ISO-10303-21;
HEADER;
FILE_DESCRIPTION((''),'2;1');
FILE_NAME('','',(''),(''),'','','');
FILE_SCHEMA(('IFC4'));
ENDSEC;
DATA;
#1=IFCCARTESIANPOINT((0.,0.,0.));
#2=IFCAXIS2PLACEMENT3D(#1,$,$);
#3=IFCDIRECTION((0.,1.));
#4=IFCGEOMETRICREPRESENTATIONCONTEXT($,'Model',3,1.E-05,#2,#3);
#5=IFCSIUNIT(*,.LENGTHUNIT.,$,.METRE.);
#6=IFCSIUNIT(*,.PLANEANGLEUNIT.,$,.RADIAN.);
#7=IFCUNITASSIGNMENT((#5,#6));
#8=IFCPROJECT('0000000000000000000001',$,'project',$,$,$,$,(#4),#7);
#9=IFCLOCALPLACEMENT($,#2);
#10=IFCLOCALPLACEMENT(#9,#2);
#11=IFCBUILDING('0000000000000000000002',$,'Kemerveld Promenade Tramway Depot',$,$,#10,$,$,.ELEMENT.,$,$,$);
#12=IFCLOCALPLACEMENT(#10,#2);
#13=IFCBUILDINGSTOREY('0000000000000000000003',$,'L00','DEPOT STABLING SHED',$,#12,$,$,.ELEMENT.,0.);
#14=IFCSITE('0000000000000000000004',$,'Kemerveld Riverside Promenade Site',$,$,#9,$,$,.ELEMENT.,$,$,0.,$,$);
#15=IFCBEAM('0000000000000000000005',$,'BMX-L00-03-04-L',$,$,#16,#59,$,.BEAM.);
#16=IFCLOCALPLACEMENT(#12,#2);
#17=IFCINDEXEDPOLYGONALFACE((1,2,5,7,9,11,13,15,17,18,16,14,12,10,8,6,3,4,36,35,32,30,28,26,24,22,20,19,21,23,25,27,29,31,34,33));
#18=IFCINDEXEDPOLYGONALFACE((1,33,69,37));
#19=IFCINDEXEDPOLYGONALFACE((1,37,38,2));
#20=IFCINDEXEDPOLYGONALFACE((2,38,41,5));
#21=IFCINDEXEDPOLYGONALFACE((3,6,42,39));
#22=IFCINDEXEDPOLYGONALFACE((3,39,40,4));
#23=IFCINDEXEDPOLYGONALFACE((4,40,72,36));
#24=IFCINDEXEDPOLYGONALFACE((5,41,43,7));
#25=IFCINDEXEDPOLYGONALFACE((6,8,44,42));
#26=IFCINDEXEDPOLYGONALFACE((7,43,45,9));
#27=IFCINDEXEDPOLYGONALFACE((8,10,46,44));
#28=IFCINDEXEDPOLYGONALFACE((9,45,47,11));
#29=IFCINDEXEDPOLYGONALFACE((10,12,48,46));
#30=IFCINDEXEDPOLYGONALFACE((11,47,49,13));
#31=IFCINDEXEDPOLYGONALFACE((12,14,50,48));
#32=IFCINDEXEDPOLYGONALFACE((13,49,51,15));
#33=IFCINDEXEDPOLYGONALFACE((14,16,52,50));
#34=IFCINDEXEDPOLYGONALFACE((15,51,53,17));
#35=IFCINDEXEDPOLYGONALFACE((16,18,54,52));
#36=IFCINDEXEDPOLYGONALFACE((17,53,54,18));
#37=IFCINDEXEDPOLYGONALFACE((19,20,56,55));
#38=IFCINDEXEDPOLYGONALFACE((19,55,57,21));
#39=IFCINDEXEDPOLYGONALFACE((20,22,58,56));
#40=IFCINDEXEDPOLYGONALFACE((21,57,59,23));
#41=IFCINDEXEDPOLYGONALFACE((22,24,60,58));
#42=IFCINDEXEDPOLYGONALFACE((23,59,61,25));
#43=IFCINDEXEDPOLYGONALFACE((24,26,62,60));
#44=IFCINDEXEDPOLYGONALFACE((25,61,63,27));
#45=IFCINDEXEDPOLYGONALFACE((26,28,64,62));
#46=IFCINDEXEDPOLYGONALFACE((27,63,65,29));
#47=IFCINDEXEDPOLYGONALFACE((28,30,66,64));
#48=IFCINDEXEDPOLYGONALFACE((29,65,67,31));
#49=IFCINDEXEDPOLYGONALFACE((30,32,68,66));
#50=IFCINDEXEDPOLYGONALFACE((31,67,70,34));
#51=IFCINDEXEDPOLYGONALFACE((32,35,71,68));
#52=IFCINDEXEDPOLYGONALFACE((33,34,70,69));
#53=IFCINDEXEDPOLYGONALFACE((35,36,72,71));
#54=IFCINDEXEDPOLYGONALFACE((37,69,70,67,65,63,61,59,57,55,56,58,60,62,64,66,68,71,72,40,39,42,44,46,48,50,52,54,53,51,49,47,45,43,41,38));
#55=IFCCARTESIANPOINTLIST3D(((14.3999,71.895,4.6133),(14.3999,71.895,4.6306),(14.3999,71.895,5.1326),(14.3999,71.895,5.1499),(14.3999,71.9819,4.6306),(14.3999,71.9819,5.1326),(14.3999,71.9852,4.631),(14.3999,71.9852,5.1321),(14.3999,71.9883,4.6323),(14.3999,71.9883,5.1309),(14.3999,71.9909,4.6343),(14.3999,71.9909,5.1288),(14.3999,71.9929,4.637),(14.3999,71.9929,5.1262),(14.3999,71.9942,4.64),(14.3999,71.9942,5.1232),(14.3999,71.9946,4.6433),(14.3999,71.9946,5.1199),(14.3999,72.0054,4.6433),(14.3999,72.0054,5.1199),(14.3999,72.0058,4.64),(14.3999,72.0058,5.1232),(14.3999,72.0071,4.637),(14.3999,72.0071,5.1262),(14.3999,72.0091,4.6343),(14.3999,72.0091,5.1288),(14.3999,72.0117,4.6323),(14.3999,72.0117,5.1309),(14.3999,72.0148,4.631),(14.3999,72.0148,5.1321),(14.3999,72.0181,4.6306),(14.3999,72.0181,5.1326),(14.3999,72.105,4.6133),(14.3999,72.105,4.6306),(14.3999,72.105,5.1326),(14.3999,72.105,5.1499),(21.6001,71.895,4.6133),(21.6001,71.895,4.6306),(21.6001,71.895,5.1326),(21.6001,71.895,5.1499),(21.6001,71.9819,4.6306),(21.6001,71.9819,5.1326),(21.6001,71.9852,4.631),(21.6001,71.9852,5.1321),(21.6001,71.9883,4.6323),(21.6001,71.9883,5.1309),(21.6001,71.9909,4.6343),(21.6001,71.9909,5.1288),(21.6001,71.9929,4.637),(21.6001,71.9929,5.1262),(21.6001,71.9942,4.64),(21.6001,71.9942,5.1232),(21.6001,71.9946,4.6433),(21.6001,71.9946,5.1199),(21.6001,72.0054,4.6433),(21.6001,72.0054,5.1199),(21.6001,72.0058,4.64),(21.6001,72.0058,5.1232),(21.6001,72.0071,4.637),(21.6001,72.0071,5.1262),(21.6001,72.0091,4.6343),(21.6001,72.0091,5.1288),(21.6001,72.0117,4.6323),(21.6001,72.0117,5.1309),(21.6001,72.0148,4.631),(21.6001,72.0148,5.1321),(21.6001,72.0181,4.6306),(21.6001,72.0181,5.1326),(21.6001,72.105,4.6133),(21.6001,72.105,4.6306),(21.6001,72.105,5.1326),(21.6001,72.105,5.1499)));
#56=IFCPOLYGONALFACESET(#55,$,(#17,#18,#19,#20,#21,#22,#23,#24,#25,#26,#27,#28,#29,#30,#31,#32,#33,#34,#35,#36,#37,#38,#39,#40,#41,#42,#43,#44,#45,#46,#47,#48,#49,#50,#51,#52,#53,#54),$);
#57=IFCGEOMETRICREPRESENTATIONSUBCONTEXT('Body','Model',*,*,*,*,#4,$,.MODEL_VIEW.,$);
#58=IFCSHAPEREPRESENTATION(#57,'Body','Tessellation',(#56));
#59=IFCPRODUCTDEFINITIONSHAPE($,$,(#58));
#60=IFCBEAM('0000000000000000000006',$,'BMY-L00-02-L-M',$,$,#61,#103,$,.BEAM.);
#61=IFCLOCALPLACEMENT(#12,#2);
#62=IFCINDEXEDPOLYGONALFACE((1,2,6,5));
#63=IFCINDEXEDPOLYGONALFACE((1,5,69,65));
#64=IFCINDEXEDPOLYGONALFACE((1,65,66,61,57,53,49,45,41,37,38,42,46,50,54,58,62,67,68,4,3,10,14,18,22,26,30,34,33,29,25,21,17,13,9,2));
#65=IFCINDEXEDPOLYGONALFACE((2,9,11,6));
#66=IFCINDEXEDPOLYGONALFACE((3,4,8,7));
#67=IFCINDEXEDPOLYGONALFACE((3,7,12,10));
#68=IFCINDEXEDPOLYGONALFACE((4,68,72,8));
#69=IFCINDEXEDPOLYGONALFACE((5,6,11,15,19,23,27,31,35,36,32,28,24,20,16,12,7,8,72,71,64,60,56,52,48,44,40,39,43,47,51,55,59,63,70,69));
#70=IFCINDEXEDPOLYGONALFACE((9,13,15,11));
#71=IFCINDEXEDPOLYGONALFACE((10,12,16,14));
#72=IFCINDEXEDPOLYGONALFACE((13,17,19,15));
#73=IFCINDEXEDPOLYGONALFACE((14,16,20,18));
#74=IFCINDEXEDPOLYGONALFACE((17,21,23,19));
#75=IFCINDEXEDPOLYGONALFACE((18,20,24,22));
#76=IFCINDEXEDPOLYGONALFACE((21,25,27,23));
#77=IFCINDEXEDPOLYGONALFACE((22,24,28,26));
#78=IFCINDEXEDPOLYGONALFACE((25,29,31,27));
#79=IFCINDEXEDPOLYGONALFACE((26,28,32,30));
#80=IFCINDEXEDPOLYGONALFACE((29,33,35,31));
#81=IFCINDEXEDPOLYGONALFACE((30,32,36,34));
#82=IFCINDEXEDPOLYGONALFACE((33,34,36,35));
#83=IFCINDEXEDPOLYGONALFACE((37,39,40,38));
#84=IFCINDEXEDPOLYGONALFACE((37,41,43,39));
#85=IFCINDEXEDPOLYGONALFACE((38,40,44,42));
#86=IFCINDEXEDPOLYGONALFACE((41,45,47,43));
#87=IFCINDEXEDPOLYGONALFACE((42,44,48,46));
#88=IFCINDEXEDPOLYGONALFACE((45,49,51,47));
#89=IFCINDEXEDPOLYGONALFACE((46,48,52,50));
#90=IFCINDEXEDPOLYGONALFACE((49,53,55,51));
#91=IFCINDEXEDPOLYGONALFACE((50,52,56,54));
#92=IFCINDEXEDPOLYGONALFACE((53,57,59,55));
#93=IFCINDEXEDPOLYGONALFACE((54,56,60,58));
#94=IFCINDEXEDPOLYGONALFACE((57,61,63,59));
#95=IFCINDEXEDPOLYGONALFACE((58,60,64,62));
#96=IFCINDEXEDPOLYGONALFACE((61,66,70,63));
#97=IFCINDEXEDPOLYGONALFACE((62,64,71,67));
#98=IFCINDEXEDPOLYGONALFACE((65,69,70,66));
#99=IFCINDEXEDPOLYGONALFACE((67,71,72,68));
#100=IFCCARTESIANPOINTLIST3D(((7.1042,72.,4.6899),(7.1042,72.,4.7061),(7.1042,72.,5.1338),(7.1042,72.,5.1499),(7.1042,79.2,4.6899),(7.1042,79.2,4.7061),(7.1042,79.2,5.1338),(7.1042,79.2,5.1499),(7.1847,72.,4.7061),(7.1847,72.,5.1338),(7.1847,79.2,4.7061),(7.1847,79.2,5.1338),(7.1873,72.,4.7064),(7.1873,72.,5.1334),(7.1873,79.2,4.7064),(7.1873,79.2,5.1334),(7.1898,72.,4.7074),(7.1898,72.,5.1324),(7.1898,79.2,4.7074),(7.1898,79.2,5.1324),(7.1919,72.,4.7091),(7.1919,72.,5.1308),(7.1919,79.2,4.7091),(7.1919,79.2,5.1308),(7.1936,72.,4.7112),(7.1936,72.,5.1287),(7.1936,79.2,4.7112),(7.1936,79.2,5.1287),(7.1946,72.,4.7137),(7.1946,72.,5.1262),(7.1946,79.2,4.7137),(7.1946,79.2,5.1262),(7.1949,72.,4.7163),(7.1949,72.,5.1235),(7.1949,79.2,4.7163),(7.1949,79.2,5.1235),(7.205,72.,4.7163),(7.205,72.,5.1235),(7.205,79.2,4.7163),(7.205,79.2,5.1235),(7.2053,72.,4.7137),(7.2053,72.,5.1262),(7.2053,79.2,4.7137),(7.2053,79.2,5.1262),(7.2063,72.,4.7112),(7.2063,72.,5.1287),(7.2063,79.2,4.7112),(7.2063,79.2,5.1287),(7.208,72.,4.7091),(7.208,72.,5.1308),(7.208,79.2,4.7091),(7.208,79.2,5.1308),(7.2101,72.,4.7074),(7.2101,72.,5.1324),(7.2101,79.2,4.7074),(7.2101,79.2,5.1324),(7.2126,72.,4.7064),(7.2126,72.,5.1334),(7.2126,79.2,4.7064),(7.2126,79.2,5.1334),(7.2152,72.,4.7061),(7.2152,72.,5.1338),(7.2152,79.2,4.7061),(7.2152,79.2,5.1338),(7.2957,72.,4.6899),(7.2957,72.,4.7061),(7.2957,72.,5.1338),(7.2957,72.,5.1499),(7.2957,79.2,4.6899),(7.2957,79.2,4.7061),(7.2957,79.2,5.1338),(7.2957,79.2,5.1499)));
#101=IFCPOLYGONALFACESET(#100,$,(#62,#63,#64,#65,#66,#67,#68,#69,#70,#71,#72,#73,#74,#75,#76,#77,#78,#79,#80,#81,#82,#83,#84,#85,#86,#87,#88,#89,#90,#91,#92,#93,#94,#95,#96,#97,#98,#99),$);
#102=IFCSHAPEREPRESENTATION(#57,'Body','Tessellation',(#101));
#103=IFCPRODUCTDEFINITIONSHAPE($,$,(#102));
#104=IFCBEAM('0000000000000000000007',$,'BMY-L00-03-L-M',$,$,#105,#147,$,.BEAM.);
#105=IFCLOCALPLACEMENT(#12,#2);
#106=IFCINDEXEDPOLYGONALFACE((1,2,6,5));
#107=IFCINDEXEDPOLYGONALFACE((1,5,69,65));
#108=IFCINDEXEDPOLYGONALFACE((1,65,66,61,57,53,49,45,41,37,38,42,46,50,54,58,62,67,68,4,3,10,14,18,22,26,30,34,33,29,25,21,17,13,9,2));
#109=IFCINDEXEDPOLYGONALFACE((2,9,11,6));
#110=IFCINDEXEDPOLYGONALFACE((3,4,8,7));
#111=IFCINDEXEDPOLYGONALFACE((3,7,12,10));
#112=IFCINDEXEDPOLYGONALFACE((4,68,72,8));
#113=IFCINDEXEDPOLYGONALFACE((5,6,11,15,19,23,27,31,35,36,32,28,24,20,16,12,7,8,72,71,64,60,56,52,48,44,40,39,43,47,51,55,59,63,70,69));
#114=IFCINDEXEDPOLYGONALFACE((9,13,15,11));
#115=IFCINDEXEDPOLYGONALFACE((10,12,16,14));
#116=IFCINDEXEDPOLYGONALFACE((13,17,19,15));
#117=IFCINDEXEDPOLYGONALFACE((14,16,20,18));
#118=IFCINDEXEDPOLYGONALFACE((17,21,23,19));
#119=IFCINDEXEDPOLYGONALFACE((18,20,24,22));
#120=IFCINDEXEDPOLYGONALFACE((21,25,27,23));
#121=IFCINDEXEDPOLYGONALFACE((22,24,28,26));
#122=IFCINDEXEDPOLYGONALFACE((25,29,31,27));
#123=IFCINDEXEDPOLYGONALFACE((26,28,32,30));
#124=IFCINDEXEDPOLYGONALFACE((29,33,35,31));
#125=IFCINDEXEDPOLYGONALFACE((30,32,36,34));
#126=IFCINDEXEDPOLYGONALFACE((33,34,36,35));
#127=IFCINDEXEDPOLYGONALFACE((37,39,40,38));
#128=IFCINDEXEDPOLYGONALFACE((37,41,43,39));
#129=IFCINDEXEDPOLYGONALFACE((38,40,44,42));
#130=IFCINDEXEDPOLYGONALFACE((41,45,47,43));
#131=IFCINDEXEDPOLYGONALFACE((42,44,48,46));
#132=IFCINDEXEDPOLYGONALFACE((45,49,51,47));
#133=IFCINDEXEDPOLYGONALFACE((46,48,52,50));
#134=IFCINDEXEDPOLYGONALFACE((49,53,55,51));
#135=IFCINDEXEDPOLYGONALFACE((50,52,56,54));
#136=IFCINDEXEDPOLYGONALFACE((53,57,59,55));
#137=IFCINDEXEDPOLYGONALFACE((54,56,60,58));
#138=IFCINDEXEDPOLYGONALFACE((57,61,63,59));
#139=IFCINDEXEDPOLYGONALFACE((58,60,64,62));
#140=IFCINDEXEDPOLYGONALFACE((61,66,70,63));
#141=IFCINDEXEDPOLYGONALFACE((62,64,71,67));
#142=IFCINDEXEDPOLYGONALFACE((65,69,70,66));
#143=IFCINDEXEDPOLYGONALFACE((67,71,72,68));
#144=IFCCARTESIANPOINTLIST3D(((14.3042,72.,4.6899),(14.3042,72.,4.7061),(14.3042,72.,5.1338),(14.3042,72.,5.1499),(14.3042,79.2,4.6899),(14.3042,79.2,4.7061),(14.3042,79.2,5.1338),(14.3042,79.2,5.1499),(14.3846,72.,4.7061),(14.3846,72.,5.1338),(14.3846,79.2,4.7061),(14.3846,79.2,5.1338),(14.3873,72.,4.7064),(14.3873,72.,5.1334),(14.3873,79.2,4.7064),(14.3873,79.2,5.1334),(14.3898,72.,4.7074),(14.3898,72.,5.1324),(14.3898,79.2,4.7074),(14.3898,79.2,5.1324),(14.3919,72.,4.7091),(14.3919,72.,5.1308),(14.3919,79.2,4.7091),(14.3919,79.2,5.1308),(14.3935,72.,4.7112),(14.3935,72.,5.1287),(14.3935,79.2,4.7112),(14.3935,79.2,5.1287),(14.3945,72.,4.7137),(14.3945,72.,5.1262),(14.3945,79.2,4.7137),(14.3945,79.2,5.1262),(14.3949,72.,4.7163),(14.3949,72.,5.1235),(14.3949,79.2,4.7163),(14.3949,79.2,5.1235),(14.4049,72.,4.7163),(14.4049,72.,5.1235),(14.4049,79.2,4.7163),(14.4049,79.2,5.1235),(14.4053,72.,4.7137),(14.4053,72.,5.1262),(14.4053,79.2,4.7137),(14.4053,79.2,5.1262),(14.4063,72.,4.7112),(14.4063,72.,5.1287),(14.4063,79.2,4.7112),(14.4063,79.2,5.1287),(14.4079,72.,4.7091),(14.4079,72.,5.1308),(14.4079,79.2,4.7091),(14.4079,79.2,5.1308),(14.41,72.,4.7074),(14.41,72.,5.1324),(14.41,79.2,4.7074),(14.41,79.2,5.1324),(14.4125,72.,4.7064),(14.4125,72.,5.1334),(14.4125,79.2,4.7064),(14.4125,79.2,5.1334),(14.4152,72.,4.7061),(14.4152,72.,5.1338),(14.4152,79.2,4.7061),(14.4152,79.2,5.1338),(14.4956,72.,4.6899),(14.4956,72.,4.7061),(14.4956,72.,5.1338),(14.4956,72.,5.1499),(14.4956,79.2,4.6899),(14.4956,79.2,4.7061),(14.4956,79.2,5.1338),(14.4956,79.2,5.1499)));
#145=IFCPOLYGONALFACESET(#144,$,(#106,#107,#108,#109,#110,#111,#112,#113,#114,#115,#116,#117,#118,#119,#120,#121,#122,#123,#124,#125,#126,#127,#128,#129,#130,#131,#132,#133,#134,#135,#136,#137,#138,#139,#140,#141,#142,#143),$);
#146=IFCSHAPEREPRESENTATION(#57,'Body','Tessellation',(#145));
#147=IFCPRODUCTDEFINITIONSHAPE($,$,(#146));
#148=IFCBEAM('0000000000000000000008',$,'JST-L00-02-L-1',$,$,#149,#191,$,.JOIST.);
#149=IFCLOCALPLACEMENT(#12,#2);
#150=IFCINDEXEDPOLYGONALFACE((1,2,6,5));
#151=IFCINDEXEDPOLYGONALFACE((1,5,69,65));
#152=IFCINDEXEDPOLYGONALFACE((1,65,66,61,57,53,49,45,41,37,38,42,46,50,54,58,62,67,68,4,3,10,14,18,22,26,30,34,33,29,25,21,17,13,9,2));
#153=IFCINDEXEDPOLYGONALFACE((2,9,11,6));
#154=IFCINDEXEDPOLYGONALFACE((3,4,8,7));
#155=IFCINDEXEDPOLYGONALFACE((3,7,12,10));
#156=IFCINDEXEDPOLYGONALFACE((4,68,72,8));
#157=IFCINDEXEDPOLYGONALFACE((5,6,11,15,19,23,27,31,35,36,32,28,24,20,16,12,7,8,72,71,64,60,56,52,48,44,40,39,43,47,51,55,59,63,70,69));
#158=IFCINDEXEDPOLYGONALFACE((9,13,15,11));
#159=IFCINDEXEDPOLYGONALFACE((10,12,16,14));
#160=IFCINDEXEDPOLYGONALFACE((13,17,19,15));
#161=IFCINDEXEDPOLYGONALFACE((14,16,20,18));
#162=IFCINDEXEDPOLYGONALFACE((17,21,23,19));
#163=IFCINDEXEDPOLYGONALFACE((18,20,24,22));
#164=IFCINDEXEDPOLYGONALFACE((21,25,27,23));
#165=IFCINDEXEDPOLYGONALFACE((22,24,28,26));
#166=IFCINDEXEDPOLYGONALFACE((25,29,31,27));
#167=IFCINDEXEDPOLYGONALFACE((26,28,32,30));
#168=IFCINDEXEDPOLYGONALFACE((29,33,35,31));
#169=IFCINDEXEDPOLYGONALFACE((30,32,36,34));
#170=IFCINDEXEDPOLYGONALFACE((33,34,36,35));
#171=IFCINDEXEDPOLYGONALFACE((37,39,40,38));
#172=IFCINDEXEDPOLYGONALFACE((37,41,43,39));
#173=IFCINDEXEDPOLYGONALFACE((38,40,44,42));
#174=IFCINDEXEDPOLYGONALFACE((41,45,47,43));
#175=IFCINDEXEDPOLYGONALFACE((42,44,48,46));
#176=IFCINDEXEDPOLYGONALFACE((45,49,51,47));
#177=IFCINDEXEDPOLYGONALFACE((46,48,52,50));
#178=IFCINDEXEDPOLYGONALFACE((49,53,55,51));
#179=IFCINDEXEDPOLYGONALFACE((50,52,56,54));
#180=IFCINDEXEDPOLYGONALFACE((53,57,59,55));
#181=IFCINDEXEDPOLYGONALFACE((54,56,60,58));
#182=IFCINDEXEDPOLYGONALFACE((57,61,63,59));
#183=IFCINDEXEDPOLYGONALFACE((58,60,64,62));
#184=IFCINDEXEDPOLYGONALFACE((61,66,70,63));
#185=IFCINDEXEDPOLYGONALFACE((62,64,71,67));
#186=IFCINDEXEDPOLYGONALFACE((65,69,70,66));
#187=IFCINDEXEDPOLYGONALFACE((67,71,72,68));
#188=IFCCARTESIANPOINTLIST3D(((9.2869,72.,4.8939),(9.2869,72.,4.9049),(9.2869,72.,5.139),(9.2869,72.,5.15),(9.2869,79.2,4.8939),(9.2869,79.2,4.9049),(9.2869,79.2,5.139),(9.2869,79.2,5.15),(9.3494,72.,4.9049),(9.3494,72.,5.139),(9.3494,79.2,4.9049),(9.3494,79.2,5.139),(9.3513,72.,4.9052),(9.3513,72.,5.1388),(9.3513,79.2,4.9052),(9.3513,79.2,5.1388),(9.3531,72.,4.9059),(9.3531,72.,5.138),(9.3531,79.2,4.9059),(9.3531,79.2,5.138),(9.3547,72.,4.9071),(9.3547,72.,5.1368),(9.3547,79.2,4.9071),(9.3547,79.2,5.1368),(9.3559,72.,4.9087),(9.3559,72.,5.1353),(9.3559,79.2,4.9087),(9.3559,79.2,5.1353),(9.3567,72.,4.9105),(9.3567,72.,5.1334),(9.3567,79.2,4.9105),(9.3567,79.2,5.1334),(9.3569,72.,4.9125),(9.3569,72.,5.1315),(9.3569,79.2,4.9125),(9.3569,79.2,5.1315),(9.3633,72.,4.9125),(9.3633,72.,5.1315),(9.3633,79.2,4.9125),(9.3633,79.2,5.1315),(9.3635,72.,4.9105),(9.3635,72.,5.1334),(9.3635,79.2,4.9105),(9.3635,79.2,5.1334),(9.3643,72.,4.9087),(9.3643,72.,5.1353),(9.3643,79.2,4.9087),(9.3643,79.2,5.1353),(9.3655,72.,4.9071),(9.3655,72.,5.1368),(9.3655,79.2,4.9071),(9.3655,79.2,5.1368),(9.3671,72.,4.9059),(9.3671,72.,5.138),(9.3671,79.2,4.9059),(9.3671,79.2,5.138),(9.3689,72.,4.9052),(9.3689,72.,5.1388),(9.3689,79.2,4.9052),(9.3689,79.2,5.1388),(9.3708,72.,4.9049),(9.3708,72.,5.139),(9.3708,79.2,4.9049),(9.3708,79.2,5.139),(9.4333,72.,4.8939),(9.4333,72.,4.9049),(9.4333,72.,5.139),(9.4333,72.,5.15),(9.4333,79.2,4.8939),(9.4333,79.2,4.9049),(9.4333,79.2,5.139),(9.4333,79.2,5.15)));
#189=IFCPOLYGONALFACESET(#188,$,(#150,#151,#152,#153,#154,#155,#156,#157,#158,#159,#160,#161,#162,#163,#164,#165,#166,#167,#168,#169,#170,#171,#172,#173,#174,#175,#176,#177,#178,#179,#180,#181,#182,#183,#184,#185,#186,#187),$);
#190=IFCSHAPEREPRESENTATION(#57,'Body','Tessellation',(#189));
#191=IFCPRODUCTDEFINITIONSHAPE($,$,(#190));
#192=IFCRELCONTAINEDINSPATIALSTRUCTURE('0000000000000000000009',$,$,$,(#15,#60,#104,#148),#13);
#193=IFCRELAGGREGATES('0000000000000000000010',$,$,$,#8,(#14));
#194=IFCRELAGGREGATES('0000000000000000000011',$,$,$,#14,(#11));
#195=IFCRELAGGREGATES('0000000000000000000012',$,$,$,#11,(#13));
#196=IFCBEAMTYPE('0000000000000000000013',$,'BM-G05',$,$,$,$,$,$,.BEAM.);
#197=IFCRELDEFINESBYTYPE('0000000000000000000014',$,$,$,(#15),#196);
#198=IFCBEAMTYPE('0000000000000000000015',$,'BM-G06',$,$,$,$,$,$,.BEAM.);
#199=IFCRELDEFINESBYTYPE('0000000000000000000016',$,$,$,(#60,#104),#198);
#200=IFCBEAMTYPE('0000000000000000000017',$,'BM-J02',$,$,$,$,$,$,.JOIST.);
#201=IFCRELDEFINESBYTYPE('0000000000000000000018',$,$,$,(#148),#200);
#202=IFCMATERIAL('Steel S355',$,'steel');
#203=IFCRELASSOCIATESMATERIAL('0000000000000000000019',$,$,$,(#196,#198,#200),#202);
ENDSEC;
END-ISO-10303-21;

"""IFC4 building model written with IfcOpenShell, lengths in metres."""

from ifc_helpers import new_model, si_unit, direction, frame, origin, origin_2d, place, context, subcontext, project, spatial, i_section, extrude, material, material_profile, profile_set, type_object, element, save


model = new_model("IFC4")

# Units and contexts
model_context = context("Model", 3, precision=1e-05, world=origin(), true_north=direction((0.0, 1.0)))
body_context = subcontext(model_context, "Body", "Model", "MODEL_VIEW")
ifc_project = project(units=[si_unit("LENGTHUNIT", "METRE"), si_unit("PLANEANGLEUNIT", "RADIAN")], contexts=[model_context])

# Site, building, storey
site_placement = place(None, origin())
site = spatial("IfcSite", under=ifc_project, at=site_placement, Name="Kemerveld Riverside Promenade Site", CompositionType="ELEMENT", RefElevation=0.0)
building_placement = place(site_placement, origin())
building = spatial("IfcBuilding", under=site, at=building_placement, Name="Kemerveld Promenade Tramway Depot", CompositionType="ELEMENT")
storey_placement = place(building_placement, origin())
storey = spatial("IfcBuildingStorey", under=building, at=storey_placement, Name="L00", Description="DEPOT STABLING SHED", CompositionType="ELEMENT", Elevation=0.0)

# Shared definitions
ifc_material_1 = material(Name="Steel S355", Category="steel")

# Beams
ifc_material_profile_1 = material_profile(ifc_material_1, i_section(OverallWidth=0.21, OverallDepth=0.5366, WebThickness=0.0107, FlangeThickness=0.0173, FilletRadius=0.0127, at=origin_2d()), Name="533x210x101 UB")
ifc_profile_set_1 = profile_set([ifc_material_profile_1], Name="Steel S355")
beam_type_1 = type_object("IfcBeamType", Name="BM-G05", PredefinedType="BEAM", material=ifc_profile_set_1)
beam_1_placement = place(storey_placement, frame((14.3999, 72.0, 4.8816), z_axis=(1.0, 0.0, 0.0), x_axis=(0.0, 1.0, 0.0)))
element("IfcBeam", 1, at=beam_1_placement, inside=storey, type_object=beam_type_1, Name="BMX-L00-03-04-L", PredefinedType="BEAM", context=body_context, shape_type="SweptSolid", body=[
    extrude(i_section(OverallWidth=0.21, OverallDepth=0.5366, WebThickness=0.0107, FlangeThickness=0.0173, FilletRadius=0.0127, at=origin_2d()), origin(), (0.0, 0.0, 1.0), 7.2002),
])
ifc_material_profile_2 = material_profile(ifc_material_1, i_section(OverallWidth=0.1914, OverallDepth=0.46, WebThickness=0.01, FlangeThickness=0.0161, FilletRadius=0.0103, at=origin_2d()), Name="457x191x82 UB")
ifc_profile_set_2 = profile_set([ifc_material_profile_2], Name="Steel S355")
beam_type_2 = type_object("IfcBeamType", Name="BM-G06", PredefinedType="BEAM", material=ifc_profile_set_2)
for number, where, z_axis, x_axis, name in (
    (2, (7.2, 72.0, 4.9199), (0.0, 1.0, 0.0), (-1.0, 0.0, 0.0), "BMY-L00-02-L-M"),
    (3, (14.3999, 72.0, 4.9199), (0.0, 1.0, 0.0), (-1.0, 0.0, 0.0), "BMY-L00-03-L-M"),
):
    element("IfcBeam", number, at=place(storey_placement, frame(where, z_axis=z_axis, x_axis=x_axis)), inside=storey, type_object=beam_type_2, Name=name, PredefinedType="BEAM", context=body_context, shape_type="SweptSolid", body=[
        extrude(i_section(OverallWidth=0.1914, OverallDepth=0.46, WebThickness=0.01, FlangeThickness=0.0161, FilletRadius=0.0103, at=origin_2d()), origin(), (0.0, 0.0, 1.0), 7.2),
    ])
ifc_material_profile_3 = material_profile(ifc_material_1, i_section(OverallWidth=0.1465, OverallDepth=0.2561, WebThickness=0.0063, FlangeThickness=0.011, FilletRadius=0.0076, at=origin_2d()), Name="254x146x37 UB")
ifc_profile_set_3 = profile_set([ifc_material_profile_3], Name="Steel S355")
beam_type_3 = type_object("IfcBeamType", Name="BM-J02", PredefinedType="JOIST", material=ifc_profile_set_3)
for number, where, z_axis, x_axis, name in (
    (4, (9.3601, 72.0, 5.022), (0.0, 1.0, 0.0), (-1.0, 0.0, 0.0), "JST-L00-02-L-1"),
):
    element("IfcBeam", number, at=place(storey_placement, frame(where, z_axis=z_axis, x_axis=x_axis)), inside=storey, type_object=beam_type_3, Name=name, PredefinedType="JOIST", context=body_context, shape_type="SweptSolid", body=[
        extrude(i_section(OverallWidth=0.1465, OverallDepth=0.2561, WebThickness=0.0063, FlangeThickness=0.011, FilletRadius=0.0076, at=origin_2d()), origin(), (0.0, 0.0, 1.0), 7.2),
    ])

save(model, "model.ifc")
